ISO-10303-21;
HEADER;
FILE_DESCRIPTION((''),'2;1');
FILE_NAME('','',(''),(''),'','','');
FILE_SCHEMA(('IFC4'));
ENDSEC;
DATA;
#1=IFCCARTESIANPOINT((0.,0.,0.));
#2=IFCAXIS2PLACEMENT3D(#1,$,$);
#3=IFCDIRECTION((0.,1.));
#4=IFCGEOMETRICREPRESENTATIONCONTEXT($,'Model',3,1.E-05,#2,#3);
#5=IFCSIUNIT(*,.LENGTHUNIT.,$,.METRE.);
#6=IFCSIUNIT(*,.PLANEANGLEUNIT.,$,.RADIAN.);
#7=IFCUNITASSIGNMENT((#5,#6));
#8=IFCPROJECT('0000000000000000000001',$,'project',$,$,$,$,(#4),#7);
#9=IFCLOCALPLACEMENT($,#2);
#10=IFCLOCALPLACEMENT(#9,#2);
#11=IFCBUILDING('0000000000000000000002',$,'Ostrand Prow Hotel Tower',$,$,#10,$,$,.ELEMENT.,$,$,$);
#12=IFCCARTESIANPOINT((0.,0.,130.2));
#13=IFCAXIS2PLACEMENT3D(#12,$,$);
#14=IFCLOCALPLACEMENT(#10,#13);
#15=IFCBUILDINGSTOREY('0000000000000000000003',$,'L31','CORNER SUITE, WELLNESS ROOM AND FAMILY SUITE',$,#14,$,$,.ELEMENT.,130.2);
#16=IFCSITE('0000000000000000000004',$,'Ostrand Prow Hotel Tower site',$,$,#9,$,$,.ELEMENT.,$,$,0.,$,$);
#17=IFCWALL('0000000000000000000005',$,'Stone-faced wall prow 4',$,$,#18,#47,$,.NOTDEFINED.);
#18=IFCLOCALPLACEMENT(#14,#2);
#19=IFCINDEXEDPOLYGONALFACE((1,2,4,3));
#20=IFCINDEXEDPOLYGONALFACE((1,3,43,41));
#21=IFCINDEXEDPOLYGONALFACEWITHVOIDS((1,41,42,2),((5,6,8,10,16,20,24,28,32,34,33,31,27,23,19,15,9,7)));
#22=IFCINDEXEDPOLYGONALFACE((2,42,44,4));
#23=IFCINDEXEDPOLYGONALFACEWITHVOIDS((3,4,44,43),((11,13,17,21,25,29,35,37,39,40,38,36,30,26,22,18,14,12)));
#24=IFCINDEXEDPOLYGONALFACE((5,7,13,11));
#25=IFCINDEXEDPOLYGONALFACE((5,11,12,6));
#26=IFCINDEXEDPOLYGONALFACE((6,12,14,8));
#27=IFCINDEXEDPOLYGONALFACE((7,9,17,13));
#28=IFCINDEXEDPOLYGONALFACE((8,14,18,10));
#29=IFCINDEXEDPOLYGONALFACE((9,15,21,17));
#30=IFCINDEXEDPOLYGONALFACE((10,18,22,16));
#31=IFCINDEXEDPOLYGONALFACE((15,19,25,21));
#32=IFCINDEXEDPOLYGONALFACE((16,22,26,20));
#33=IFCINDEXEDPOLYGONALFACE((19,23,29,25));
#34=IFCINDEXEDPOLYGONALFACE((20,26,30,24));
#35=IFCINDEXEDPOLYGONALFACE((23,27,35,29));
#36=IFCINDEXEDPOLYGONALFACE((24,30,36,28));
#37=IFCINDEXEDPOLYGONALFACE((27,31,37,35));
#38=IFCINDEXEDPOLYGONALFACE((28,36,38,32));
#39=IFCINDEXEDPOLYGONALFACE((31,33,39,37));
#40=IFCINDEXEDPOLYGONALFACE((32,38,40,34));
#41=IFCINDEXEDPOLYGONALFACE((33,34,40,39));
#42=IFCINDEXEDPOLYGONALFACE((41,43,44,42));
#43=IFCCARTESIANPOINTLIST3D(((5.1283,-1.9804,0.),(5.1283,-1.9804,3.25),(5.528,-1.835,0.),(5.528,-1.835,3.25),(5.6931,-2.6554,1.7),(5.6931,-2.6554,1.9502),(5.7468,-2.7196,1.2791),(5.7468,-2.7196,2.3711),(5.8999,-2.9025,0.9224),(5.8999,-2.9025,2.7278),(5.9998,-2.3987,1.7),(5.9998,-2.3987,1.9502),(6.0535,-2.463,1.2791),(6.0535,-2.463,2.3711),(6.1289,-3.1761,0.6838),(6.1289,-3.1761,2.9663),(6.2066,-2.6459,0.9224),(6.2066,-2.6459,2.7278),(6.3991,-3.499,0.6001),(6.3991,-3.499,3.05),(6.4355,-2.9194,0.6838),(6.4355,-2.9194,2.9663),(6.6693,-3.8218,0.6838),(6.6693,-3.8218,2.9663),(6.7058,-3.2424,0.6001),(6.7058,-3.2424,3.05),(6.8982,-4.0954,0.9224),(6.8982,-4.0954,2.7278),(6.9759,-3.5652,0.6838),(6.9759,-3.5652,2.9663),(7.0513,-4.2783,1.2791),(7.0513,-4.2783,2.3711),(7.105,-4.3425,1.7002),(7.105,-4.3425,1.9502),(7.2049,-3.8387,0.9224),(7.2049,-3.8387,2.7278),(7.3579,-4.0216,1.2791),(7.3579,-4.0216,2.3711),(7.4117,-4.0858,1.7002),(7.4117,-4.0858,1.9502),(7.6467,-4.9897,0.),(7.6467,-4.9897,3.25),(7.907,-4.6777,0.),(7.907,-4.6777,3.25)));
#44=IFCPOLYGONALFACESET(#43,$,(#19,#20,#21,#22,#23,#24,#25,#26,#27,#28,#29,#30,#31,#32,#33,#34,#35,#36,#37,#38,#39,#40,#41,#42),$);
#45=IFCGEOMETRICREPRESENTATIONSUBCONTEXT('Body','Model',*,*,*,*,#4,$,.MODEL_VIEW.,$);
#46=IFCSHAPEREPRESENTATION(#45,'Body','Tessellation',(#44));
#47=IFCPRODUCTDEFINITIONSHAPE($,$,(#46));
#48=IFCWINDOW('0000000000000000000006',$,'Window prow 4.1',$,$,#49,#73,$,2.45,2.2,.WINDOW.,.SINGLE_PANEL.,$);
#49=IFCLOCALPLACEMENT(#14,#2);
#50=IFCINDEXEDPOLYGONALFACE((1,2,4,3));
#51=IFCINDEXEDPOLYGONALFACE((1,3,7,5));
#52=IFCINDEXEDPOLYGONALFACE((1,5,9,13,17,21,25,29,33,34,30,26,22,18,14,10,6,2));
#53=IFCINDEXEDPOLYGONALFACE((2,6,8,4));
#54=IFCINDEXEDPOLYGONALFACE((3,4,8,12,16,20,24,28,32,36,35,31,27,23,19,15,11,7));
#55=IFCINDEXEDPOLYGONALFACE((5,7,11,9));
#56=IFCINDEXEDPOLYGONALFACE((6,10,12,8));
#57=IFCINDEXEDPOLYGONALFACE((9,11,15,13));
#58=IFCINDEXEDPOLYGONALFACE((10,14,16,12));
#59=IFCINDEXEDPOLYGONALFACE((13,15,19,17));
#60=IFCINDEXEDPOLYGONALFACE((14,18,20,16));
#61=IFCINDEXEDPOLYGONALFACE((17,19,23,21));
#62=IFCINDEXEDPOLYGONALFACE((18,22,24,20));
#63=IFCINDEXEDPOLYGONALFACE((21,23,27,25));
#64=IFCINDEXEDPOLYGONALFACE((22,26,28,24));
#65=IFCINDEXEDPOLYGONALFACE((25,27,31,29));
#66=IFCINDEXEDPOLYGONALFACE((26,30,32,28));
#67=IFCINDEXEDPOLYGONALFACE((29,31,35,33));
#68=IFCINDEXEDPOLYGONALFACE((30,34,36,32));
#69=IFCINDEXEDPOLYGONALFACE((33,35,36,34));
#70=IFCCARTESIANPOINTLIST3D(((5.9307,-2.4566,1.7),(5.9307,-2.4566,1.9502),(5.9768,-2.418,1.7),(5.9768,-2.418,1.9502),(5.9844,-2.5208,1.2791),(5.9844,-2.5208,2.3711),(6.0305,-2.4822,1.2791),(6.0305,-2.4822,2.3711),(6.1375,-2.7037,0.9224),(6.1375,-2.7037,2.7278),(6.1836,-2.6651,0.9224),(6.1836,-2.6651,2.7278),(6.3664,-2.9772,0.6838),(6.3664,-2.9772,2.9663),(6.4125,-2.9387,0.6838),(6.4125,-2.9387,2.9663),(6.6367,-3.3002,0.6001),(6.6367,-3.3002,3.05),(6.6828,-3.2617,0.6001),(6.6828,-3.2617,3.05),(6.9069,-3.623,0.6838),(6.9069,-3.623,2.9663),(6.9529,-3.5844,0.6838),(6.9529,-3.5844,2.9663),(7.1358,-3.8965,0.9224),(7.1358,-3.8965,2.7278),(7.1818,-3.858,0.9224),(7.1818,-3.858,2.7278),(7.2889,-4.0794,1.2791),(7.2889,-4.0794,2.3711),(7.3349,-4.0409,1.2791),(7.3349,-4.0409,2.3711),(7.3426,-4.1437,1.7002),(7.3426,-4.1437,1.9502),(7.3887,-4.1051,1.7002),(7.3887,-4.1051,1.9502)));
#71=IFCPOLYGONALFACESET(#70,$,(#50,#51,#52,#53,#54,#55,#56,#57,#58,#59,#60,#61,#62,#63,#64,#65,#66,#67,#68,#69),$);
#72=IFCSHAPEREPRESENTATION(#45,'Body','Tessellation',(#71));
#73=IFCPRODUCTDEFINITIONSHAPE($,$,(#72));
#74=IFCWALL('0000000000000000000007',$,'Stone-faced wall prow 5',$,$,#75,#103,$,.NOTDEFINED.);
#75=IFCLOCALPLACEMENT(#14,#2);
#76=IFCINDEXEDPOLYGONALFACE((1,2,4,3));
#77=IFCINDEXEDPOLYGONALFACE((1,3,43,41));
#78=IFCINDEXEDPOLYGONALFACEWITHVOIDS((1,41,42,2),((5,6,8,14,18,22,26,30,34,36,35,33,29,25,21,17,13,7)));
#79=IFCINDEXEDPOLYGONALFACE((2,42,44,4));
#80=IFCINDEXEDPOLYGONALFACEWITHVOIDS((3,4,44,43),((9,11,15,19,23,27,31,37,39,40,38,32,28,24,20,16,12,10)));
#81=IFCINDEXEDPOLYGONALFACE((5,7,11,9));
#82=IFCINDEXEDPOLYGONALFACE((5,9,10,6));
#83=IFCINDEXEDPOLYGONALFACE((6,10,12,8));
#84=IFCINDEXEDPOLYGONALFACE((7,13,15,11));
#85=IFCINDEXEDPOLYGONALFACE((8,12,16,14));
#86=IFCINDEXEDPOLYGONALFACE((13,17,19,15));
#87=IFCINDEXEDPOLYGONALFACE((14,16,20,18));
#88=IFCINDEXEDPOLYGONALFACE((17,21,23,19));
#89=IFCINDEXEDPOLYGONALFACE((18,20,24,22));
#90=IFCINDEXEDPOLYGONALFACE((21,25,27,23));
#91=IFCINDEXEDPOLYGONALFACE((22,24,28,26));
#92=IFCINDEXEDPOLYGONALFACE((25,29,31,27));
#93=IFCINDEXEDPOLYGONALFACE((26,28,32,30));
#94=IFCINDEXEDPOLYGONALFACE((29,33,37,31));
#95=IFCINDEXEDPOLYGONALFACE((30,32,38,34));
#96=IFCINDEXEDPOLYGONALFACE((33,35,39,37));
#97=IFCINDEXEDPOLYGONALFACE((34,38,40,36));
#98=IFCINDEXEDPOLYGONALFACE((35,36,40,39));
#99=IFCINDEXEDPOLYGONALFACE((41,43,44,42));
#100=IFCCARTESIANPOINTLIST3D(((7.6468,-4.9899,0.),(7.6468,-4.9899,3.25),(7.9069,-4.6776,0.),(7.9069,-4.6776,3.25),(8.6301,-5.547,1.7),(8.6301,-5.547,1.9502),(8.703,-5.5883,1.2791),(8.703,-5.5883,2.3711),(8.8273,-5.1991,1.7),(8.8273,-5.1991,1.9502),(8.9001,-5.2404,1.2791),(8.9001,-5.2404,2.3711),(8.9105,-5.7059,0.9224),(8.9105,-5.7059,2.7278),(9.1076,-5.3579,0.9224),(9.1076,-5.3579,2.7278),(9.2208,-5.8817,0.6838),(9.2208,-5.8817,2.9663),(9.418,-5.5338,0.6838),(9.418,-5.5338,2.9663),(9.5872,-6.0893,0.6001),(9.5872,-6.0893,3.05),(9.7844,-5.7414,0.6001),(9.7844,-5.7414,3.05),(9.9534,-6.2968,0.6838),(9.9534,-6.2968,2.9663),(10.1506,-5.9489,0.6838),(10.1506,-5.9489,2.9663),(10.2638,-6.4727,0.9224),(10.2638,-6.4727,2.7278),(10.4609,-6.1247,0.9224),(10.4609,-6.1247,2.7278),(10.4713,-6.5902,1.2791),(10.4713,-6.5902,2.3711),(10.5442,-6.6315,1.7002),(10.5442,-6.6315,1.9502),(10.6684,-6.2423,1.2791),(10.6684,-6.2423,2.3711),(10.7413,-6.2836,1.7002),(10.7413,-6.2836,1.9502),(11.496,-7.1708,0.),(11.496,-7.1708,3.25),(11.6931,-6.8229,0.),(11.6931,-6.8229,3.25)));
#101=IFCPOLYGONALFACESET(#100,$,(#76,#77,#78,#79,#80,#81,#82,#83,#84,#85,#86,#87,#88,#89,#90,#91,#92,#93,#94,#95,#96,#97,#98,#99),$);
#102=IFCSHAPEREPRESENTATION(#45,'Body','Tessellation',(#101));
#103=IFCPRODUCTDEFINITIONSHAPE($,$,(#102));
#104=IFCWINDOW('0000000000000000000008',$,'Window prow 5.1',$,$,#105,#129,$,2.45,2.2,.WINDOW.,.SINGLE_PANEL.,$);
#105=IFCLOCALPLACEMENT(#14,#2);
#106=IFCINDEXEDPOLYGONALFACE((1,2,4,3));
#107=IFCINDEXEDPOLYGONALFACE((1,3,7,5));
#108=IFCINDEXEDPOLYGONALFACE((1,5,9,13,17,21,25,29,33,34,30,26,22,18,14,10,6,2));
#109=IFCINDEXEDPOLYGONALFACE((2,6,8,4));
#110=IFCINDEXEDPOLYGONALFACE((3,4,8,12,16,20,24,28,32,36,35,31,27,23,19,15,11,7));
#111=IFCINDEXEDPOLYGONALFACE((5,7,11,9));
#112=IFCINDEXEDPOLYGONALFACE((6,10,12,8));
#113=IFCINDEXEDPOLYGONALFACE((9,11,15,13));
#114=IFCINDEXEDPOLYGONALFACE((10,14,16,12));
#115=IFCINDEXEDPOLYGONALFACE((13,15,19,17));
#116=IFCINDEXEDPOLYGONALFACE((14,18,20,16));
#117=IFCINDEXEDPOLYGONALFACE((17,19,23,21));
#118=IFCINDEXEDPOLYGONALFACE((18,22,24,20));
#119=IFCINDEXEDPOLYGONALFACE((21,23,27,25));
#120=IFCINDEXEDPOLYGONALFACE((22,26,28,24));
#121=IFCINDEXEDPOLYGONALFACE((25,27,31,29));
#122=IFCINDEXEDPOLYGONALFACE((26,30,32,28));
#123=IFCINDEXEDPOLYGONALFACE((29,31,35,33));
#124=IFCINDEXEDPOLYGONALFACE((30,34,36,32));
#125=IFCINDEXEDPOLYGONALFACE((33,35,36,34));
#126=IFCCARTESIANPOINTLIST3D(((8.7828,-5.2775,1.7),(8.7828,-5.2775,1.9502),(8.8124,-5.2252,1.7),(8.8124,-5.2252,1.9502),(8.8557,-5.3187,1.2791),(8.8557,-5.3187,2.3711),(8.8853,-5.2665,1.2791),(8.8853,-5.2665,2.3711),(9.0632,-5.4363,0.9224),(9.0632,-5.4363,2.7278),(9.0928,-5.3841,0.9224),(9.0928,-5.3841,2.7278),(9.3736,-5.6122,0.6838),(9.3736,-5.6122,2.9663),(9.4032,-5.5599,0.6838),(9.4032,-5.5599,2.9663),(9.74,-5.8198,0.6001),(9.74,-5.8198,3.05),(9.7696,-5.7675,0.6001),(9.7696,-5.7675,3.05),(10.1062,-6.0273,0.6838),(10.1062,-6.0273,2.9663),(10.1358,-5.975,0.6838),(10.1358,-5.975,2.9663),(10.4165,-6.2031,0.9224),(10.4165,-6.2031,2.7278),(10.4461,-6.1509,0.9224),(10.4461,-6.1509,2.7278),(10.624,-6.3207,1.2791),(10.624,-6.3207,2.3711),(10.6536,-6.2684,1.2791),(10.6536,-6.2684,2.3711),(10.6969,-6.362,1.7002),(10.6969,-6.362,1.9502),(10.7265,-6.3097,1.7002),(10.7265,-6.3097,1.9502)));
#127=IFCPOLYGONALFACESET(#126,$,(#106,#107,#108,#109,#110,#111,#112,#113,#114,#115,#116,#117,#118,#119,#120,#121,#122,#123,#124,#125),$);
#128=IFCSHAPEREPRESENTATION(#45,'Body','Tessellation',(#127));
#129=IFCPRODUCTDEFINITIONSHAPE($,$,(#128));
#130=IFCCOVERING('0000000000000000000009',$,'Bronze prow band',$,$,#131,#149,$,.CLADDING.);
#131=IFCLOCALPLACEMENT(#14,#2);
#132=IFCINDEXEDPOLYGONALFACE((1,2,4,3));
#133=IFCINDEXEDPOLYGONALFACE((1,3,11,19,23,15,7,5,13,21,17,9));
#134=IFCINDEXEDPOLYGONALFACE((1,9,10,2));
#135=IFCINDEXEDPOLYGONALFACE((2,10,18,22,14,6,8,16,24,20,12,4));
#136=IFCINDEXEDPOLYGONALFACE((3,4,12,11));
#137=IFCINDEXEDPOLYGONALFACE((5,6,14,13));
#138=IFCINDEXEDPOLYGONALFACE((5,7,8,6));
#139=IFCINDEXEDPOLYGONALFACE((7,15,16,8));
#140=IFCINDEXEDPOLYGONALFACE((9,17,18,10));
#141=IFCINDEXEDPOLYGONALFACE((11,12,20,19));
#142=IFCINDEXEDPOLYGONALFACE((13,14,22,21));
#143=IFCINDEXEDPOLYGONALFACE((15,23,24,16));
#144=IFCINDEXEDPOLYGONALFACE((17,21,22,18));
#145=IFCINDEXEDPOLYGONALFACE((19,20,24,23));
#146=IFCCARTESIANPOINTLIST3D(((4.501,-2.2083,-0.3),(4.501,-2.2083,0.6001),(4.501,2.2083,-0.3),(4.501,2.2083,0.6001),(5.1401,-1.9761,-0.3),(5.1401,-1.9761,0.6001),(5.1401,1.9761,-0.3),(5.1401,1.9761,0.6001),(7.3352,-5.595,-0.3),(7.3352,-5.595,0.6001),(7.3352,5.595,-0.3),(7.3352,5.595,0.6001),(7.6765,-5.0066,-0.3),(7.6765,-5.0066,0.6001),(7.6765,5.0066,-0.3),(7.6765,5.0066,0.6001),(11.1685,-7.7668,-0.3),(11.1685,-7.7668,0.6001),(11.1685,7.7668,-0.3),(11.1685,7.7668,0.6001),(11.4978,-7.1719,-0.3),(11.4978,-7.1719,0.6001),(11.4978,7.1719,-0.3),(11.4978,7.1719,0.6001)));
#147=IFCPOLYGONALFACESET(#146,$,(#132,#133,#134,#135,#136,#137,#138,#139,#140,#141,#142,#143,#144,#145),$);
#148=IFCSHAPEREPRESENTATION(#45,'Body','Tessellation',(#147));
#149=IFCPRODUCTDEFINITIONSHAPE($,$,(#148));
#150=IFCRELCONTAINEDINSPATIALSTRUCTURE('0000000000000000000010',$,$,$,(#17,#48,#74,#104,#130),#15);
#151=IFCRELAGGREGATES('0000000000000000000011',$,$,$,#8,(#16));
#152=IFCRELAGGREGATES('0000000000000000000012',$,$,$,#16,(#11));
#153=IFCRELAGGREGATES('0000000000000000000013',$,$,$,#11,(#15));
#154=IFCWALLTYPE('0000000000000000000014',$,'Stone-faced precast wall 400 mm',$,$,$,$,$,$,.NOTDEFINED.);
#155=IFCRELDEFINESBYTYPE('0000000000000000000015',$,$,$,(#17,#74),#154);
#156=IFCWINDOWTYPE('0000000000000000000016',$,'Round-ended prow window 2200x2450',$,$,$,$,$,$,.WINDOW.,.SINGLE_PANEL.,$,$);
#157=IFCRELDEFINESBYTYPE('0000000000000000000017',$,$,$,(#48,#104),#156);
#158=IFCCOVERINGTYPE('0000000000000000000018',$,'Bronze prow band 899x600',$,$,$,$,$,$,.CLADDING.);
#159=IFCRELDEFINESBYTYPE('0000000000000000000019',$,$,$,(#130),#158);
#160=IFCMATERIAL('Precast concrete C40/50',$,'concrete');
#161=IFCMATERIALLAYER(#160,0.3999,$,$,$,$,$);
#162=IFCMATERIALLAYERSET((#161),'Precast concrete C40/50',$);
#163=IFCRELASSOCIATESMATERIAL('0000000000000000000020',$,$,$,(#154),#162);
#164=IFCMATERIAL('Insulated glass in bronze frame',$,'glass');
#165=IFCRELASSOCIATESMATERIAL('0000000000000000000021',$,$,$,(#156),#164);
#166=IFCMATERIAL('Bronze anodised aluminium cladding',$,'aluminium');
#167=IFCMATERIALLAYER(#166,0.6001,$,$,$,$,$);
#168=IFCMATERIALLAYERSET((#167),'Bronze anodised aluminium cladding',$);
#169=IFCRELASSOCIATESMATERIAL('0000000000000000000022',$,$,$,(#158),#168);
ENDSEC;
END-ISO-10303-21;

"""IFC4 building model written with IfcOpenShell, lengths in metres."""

from ifc_helpers import new_model, si_unit, direction, frame, origin, place, context, subcontext, project, spatial, polyline, outline, extrude, material, layer, layer_set, type_object, element, fill, save


model = new_model("IFC4")

# Units and contexts
model_context = context("Model", 3, precision=1e-05, world=origin(), true_north=direction((0.0, 1.0)))
body_context = subcontext(model_context, "Body", "Model", "MODEL_VIEW")
ifc_project = project(units=[si_unit("LENGTHUNIT", "METRE"), si_unit("PLANEANGLEUNIT", "RADIAN")], contexts=[model_context])

# Site, building, storey
site_placement = place(None, origin())
site = spatial("IfcSite", under=ifc_project, at=site_placement, Name="Ostrand Prow Hotel Tower site", CompositionType="ELEMENT", RefElevation=0.0)
building_placement = place(site_placement, origin())
building = spatial("IfcBuilding", under=site, at=building_placement, Name="Ostrand Prow Hotel Tower", CompositionType="ELEMENT")
storey_placement = place(building_placement, frame((0.0, 0.0, 130.2)))
storey = spatial("IfcBuildingStorey", under=building, at=storey_placement, Name="L31", Description="CORNER SUITE, WELLNESS ROOM AND FAMILY SUITE", CompositionType="ELEMENT", Elevation=130.2)

# Walls, openings, windows
ifc_material_1 = material(Name="Precast concrete C40/50", Category="concrete")
ifc_layer_1 = layer(ifc_material_1, 0.3999)
ifc_layer_set_1 = layer_set([ifc_layer_1], Name="Precast concrete C40/50")
wall_type_1 = type_object("IfcWallType", Name="Stone-faced precast wall 400 mm", PredefinedType="NOTDEFINED", material=ifc_layer_set_1)
wall_1_placement = place(storey_placement, frame((5.3281, -1.9077, 0.0), z_axis=(0.0, 0.0, 1.0), x_axis=(0.641788, -0.766882, 0.0)))
wall_1 = element("IfcWall", 1, at=wall_1_placement, inside=storey, type_object=wall_type_1, Name="Stone-faced wall prow 4", PredefinedType="NOTDEFINED", context=body_context, shape_type="SweptSolid", body=[
    extrude(outline(polyline([(-0.0725, -0.2), (3.8516, -0.2), (3.7793, 0.2), (0.0725, 0.2), (-0.0725, -0.2)])), origin(), (0.0, 0.0, 1.0), 3.25),
])
opening_1_placement = place(wall_1_placement, frame((0.8076, 0.0, 0.6001)))
opening_1 = element("IfcOpeningElement", 2, at=opening_1_placement, cuts=wall_1, PredefinedType="OPENING", context=body_context, shape_type="SweptSolid", body=[
    extrude(outline(polyline([(0.0, 1.3501), (0.0837, 1.771), (0.3223, 2.1277), (0.679, 2.3662), (1.1001, 2.45), (1.521, 2.3662), (1.8777, 2.1277), (2.1162, 1.771), (2.2, 1.3501), (2.2, 1.1001), (2.1162, 0.679), (1.8777, 0.3223), (1.521, 0.0837), (1.1001, 0.0), (0.679, 0.0837), (0.3223, 0.3223), (0.0837, 0.679), (0.0, 1.0999), (0.0, 1.3501)])), frame((0.0, 0.21, 0.0), z_axis=(0.0, -1.0, 0.0), x_axis=(1.0, 0.0, 0.0)), (0.0, 0.0, 1.0), 0.4199),
])
ifc_material_2 = material(Name="Insulated glass in bronze frame", Category="glass")
window_type = type_object("IfcWindowType", Name="Round-ended prow window 2200x2450", PartitioningType="SINGLE_PANEL", PredefinedType="WINDOW", material=ifc_material_2)
window_1_placement = place(opening_1_placement, origin())
window_1 = element("IfcWindow", 3, at=window_1_placement, inside=storey, type_object=window_type, Name="Window prow 4.1", OverallHeight=2.45, OverallWidth=2.2, PartitioningType="SINGLE_PANEL", PredefinedType="WINDOW", context=body_context, shape_type="SweptSolid", body=[
    extrude(outline(polyline([(0.0, 1.3501), (0.0837, 1.771), (0.3223, 2.1277), (0.679, 2.3662), (1.1001, 2.45), (1.521, 2.3662), (1.8777, 2.1277), (2.1162, 1.771), (2.2, 1.3501), (2.2, 1.1001), (2.1162, 0.679), (1.8777, 0.3223), (1.521, 0.0837), (1.1001, 0.0), (0.679, 0.0837), (0.3223, 0.3223), (0.0837, 0.679), (0.0, 1.0999), (0.0, 1.3501)])), frame((0.0, 0.1699, 0.0), z_axis=(0.0, -1.0, 0.0), x_axis=(1.0, 0.0, 0.0)), (0.0, 0.0, 1.0), 0.0601),
])
fill(opening_1, window_1)
wall_2_placement = place(storey_placement, frame((7.7769, -4.8337, 0.0), z_axis=(0.0, 0.0, 1.0), x_axis=(0.870045, -0.492972, 0.0)))
wall_2 = element("IfcWall", 4, at=wall_2_placement, inside=storey, type_object=wall_type_1, Name="Stone-faced wall prow 5", PredefinedType="NOTDEFINED", context=body_context, shape_type="SweptSolid", body=[
    extrude(outline(polyline([(-0.0361, -0.2), (4.3879, -0.2), (4.3879, 0.2), (0.0361, 0.2), (-0.0361, -0.2)])), origin(), (0.0, 0.0, 1.0), 3.25),
])
opening_2_placement = place(wall_2_placement, frame((1.094, 0.0, 0.6001)))
opening_2 = element("IfcOpeningElement", 5, at=opening_2_placement, cuts=wall_2, PredefinedType="OPENING", context=body_context, shape_type="SweptSolid", body=[
    extrude(outline(polyline([(0.0, 1.3501), (0.0837, 1.771), (0.3223, 2.1277), (0.679, 2.3662), (1.1001, 2.45), (1.521, 2.3662), (1.8777, 2.1277), (2.1162, 1.771), (2.2, 1.3501), (2.2, 1.1001), (2.1162, 0.679), (1.8777, 0.3223), (1.521, 0.0837), (1.1001, 0.0), (0.679, 0.0837), (0.3223, 0.3223), (0.0837, 0.679), (0.0, 1.0999), (0.0, 1.3501)])), frame((0.0, 0.21, 0.0), z_axis=(0.0, -1.0, 0.0), x_axis=(1.0, 0.0, 0.0)), (0.0, 0.0, 1.0), 0.4199),
])
window_2_placement = place(opening_2_placement, origin())
window_2 = element("IfcWindow", 6, at=window_2_placement, inside=storey, type_object=window_type, Name="Window prow 5.1", OverallHeight=2.45, OverallWidth=2.2, PartitioningType="SINGLE_PANEL", PredefinedType="WINDOW", context=body_context, shape_type="SweptSolid", body=[
    extrude(outline(polyline([(0.0, 1.3501), (0.0837, 1.771), (0.3223, 2.1277), (0.679, 2.3662), (1.1001, 2.45), (1.521, 2.3662), (1.8777, 2.1277), (2.1162, 1.771), (2.2, 1.3501), (2.2, 1.1001), (2.1162, 0.679), (1.8777, 0.3223), (1.521, 0.0837), (1.1001, 0.0), (0.679, 0.0837), (0.3223, 0.3223), (0.0837, 0.679), (0.0, 1.0999), (0.0, 1.3501)])), frame((0.0, 0.1699, 0.0), z_axis=(0.0, -1.0, 0.0), x_axis=(1.0, 0.0, 0.0)), (0.0, 0.0, 1.0), 0.0601),
])
fill(opening_2, window_2)

# Covering
ifc_material_3 = material(Name="Bronze anodised aluminium cladding", Category="aluminium")
ifc_layer_2 = layer(ifc_material_3, 0.6001)
ifc_layer_set_2 = layer_set([ifc_layer_2], Name="Bronze anodised aluminium cladding")
covering_type_1 = type_object("IfcCoveringType", Name="Bronze prow band 899x600", PredefinedType="CLADDING", material=ifc_layer_set_2)
covering_1_placement = place(storey_placement, frame((0.0, 0.0, -0.3)))
element("IfcCovering", 7, at=covering_1_placement, inside=storey, type_object=covering_type_1, Name="Bronze prow band", PredefinedType="CLADDING", context=body_context, shape_type="SweptSolid", body=[
    extrude(outline(polyline([(11.1685, 7.7668), (7.3352, 5.595), (4.501, 2.2083), (4.501, -2.2083), (7.3352, -5.595), (11.1685, -7.7668), (11.4978, -7.1719), (7.6765, -5.0066), (5.1401, -1.9761), (5.1401, 1.9761), (7.6765, 5.0066), (11.4978, 7.1719), (11.1685, 7.7668)])), origin(), (0.0, 0.0, 1.0), 0.9001),
])

save(model, "model.ifc")
